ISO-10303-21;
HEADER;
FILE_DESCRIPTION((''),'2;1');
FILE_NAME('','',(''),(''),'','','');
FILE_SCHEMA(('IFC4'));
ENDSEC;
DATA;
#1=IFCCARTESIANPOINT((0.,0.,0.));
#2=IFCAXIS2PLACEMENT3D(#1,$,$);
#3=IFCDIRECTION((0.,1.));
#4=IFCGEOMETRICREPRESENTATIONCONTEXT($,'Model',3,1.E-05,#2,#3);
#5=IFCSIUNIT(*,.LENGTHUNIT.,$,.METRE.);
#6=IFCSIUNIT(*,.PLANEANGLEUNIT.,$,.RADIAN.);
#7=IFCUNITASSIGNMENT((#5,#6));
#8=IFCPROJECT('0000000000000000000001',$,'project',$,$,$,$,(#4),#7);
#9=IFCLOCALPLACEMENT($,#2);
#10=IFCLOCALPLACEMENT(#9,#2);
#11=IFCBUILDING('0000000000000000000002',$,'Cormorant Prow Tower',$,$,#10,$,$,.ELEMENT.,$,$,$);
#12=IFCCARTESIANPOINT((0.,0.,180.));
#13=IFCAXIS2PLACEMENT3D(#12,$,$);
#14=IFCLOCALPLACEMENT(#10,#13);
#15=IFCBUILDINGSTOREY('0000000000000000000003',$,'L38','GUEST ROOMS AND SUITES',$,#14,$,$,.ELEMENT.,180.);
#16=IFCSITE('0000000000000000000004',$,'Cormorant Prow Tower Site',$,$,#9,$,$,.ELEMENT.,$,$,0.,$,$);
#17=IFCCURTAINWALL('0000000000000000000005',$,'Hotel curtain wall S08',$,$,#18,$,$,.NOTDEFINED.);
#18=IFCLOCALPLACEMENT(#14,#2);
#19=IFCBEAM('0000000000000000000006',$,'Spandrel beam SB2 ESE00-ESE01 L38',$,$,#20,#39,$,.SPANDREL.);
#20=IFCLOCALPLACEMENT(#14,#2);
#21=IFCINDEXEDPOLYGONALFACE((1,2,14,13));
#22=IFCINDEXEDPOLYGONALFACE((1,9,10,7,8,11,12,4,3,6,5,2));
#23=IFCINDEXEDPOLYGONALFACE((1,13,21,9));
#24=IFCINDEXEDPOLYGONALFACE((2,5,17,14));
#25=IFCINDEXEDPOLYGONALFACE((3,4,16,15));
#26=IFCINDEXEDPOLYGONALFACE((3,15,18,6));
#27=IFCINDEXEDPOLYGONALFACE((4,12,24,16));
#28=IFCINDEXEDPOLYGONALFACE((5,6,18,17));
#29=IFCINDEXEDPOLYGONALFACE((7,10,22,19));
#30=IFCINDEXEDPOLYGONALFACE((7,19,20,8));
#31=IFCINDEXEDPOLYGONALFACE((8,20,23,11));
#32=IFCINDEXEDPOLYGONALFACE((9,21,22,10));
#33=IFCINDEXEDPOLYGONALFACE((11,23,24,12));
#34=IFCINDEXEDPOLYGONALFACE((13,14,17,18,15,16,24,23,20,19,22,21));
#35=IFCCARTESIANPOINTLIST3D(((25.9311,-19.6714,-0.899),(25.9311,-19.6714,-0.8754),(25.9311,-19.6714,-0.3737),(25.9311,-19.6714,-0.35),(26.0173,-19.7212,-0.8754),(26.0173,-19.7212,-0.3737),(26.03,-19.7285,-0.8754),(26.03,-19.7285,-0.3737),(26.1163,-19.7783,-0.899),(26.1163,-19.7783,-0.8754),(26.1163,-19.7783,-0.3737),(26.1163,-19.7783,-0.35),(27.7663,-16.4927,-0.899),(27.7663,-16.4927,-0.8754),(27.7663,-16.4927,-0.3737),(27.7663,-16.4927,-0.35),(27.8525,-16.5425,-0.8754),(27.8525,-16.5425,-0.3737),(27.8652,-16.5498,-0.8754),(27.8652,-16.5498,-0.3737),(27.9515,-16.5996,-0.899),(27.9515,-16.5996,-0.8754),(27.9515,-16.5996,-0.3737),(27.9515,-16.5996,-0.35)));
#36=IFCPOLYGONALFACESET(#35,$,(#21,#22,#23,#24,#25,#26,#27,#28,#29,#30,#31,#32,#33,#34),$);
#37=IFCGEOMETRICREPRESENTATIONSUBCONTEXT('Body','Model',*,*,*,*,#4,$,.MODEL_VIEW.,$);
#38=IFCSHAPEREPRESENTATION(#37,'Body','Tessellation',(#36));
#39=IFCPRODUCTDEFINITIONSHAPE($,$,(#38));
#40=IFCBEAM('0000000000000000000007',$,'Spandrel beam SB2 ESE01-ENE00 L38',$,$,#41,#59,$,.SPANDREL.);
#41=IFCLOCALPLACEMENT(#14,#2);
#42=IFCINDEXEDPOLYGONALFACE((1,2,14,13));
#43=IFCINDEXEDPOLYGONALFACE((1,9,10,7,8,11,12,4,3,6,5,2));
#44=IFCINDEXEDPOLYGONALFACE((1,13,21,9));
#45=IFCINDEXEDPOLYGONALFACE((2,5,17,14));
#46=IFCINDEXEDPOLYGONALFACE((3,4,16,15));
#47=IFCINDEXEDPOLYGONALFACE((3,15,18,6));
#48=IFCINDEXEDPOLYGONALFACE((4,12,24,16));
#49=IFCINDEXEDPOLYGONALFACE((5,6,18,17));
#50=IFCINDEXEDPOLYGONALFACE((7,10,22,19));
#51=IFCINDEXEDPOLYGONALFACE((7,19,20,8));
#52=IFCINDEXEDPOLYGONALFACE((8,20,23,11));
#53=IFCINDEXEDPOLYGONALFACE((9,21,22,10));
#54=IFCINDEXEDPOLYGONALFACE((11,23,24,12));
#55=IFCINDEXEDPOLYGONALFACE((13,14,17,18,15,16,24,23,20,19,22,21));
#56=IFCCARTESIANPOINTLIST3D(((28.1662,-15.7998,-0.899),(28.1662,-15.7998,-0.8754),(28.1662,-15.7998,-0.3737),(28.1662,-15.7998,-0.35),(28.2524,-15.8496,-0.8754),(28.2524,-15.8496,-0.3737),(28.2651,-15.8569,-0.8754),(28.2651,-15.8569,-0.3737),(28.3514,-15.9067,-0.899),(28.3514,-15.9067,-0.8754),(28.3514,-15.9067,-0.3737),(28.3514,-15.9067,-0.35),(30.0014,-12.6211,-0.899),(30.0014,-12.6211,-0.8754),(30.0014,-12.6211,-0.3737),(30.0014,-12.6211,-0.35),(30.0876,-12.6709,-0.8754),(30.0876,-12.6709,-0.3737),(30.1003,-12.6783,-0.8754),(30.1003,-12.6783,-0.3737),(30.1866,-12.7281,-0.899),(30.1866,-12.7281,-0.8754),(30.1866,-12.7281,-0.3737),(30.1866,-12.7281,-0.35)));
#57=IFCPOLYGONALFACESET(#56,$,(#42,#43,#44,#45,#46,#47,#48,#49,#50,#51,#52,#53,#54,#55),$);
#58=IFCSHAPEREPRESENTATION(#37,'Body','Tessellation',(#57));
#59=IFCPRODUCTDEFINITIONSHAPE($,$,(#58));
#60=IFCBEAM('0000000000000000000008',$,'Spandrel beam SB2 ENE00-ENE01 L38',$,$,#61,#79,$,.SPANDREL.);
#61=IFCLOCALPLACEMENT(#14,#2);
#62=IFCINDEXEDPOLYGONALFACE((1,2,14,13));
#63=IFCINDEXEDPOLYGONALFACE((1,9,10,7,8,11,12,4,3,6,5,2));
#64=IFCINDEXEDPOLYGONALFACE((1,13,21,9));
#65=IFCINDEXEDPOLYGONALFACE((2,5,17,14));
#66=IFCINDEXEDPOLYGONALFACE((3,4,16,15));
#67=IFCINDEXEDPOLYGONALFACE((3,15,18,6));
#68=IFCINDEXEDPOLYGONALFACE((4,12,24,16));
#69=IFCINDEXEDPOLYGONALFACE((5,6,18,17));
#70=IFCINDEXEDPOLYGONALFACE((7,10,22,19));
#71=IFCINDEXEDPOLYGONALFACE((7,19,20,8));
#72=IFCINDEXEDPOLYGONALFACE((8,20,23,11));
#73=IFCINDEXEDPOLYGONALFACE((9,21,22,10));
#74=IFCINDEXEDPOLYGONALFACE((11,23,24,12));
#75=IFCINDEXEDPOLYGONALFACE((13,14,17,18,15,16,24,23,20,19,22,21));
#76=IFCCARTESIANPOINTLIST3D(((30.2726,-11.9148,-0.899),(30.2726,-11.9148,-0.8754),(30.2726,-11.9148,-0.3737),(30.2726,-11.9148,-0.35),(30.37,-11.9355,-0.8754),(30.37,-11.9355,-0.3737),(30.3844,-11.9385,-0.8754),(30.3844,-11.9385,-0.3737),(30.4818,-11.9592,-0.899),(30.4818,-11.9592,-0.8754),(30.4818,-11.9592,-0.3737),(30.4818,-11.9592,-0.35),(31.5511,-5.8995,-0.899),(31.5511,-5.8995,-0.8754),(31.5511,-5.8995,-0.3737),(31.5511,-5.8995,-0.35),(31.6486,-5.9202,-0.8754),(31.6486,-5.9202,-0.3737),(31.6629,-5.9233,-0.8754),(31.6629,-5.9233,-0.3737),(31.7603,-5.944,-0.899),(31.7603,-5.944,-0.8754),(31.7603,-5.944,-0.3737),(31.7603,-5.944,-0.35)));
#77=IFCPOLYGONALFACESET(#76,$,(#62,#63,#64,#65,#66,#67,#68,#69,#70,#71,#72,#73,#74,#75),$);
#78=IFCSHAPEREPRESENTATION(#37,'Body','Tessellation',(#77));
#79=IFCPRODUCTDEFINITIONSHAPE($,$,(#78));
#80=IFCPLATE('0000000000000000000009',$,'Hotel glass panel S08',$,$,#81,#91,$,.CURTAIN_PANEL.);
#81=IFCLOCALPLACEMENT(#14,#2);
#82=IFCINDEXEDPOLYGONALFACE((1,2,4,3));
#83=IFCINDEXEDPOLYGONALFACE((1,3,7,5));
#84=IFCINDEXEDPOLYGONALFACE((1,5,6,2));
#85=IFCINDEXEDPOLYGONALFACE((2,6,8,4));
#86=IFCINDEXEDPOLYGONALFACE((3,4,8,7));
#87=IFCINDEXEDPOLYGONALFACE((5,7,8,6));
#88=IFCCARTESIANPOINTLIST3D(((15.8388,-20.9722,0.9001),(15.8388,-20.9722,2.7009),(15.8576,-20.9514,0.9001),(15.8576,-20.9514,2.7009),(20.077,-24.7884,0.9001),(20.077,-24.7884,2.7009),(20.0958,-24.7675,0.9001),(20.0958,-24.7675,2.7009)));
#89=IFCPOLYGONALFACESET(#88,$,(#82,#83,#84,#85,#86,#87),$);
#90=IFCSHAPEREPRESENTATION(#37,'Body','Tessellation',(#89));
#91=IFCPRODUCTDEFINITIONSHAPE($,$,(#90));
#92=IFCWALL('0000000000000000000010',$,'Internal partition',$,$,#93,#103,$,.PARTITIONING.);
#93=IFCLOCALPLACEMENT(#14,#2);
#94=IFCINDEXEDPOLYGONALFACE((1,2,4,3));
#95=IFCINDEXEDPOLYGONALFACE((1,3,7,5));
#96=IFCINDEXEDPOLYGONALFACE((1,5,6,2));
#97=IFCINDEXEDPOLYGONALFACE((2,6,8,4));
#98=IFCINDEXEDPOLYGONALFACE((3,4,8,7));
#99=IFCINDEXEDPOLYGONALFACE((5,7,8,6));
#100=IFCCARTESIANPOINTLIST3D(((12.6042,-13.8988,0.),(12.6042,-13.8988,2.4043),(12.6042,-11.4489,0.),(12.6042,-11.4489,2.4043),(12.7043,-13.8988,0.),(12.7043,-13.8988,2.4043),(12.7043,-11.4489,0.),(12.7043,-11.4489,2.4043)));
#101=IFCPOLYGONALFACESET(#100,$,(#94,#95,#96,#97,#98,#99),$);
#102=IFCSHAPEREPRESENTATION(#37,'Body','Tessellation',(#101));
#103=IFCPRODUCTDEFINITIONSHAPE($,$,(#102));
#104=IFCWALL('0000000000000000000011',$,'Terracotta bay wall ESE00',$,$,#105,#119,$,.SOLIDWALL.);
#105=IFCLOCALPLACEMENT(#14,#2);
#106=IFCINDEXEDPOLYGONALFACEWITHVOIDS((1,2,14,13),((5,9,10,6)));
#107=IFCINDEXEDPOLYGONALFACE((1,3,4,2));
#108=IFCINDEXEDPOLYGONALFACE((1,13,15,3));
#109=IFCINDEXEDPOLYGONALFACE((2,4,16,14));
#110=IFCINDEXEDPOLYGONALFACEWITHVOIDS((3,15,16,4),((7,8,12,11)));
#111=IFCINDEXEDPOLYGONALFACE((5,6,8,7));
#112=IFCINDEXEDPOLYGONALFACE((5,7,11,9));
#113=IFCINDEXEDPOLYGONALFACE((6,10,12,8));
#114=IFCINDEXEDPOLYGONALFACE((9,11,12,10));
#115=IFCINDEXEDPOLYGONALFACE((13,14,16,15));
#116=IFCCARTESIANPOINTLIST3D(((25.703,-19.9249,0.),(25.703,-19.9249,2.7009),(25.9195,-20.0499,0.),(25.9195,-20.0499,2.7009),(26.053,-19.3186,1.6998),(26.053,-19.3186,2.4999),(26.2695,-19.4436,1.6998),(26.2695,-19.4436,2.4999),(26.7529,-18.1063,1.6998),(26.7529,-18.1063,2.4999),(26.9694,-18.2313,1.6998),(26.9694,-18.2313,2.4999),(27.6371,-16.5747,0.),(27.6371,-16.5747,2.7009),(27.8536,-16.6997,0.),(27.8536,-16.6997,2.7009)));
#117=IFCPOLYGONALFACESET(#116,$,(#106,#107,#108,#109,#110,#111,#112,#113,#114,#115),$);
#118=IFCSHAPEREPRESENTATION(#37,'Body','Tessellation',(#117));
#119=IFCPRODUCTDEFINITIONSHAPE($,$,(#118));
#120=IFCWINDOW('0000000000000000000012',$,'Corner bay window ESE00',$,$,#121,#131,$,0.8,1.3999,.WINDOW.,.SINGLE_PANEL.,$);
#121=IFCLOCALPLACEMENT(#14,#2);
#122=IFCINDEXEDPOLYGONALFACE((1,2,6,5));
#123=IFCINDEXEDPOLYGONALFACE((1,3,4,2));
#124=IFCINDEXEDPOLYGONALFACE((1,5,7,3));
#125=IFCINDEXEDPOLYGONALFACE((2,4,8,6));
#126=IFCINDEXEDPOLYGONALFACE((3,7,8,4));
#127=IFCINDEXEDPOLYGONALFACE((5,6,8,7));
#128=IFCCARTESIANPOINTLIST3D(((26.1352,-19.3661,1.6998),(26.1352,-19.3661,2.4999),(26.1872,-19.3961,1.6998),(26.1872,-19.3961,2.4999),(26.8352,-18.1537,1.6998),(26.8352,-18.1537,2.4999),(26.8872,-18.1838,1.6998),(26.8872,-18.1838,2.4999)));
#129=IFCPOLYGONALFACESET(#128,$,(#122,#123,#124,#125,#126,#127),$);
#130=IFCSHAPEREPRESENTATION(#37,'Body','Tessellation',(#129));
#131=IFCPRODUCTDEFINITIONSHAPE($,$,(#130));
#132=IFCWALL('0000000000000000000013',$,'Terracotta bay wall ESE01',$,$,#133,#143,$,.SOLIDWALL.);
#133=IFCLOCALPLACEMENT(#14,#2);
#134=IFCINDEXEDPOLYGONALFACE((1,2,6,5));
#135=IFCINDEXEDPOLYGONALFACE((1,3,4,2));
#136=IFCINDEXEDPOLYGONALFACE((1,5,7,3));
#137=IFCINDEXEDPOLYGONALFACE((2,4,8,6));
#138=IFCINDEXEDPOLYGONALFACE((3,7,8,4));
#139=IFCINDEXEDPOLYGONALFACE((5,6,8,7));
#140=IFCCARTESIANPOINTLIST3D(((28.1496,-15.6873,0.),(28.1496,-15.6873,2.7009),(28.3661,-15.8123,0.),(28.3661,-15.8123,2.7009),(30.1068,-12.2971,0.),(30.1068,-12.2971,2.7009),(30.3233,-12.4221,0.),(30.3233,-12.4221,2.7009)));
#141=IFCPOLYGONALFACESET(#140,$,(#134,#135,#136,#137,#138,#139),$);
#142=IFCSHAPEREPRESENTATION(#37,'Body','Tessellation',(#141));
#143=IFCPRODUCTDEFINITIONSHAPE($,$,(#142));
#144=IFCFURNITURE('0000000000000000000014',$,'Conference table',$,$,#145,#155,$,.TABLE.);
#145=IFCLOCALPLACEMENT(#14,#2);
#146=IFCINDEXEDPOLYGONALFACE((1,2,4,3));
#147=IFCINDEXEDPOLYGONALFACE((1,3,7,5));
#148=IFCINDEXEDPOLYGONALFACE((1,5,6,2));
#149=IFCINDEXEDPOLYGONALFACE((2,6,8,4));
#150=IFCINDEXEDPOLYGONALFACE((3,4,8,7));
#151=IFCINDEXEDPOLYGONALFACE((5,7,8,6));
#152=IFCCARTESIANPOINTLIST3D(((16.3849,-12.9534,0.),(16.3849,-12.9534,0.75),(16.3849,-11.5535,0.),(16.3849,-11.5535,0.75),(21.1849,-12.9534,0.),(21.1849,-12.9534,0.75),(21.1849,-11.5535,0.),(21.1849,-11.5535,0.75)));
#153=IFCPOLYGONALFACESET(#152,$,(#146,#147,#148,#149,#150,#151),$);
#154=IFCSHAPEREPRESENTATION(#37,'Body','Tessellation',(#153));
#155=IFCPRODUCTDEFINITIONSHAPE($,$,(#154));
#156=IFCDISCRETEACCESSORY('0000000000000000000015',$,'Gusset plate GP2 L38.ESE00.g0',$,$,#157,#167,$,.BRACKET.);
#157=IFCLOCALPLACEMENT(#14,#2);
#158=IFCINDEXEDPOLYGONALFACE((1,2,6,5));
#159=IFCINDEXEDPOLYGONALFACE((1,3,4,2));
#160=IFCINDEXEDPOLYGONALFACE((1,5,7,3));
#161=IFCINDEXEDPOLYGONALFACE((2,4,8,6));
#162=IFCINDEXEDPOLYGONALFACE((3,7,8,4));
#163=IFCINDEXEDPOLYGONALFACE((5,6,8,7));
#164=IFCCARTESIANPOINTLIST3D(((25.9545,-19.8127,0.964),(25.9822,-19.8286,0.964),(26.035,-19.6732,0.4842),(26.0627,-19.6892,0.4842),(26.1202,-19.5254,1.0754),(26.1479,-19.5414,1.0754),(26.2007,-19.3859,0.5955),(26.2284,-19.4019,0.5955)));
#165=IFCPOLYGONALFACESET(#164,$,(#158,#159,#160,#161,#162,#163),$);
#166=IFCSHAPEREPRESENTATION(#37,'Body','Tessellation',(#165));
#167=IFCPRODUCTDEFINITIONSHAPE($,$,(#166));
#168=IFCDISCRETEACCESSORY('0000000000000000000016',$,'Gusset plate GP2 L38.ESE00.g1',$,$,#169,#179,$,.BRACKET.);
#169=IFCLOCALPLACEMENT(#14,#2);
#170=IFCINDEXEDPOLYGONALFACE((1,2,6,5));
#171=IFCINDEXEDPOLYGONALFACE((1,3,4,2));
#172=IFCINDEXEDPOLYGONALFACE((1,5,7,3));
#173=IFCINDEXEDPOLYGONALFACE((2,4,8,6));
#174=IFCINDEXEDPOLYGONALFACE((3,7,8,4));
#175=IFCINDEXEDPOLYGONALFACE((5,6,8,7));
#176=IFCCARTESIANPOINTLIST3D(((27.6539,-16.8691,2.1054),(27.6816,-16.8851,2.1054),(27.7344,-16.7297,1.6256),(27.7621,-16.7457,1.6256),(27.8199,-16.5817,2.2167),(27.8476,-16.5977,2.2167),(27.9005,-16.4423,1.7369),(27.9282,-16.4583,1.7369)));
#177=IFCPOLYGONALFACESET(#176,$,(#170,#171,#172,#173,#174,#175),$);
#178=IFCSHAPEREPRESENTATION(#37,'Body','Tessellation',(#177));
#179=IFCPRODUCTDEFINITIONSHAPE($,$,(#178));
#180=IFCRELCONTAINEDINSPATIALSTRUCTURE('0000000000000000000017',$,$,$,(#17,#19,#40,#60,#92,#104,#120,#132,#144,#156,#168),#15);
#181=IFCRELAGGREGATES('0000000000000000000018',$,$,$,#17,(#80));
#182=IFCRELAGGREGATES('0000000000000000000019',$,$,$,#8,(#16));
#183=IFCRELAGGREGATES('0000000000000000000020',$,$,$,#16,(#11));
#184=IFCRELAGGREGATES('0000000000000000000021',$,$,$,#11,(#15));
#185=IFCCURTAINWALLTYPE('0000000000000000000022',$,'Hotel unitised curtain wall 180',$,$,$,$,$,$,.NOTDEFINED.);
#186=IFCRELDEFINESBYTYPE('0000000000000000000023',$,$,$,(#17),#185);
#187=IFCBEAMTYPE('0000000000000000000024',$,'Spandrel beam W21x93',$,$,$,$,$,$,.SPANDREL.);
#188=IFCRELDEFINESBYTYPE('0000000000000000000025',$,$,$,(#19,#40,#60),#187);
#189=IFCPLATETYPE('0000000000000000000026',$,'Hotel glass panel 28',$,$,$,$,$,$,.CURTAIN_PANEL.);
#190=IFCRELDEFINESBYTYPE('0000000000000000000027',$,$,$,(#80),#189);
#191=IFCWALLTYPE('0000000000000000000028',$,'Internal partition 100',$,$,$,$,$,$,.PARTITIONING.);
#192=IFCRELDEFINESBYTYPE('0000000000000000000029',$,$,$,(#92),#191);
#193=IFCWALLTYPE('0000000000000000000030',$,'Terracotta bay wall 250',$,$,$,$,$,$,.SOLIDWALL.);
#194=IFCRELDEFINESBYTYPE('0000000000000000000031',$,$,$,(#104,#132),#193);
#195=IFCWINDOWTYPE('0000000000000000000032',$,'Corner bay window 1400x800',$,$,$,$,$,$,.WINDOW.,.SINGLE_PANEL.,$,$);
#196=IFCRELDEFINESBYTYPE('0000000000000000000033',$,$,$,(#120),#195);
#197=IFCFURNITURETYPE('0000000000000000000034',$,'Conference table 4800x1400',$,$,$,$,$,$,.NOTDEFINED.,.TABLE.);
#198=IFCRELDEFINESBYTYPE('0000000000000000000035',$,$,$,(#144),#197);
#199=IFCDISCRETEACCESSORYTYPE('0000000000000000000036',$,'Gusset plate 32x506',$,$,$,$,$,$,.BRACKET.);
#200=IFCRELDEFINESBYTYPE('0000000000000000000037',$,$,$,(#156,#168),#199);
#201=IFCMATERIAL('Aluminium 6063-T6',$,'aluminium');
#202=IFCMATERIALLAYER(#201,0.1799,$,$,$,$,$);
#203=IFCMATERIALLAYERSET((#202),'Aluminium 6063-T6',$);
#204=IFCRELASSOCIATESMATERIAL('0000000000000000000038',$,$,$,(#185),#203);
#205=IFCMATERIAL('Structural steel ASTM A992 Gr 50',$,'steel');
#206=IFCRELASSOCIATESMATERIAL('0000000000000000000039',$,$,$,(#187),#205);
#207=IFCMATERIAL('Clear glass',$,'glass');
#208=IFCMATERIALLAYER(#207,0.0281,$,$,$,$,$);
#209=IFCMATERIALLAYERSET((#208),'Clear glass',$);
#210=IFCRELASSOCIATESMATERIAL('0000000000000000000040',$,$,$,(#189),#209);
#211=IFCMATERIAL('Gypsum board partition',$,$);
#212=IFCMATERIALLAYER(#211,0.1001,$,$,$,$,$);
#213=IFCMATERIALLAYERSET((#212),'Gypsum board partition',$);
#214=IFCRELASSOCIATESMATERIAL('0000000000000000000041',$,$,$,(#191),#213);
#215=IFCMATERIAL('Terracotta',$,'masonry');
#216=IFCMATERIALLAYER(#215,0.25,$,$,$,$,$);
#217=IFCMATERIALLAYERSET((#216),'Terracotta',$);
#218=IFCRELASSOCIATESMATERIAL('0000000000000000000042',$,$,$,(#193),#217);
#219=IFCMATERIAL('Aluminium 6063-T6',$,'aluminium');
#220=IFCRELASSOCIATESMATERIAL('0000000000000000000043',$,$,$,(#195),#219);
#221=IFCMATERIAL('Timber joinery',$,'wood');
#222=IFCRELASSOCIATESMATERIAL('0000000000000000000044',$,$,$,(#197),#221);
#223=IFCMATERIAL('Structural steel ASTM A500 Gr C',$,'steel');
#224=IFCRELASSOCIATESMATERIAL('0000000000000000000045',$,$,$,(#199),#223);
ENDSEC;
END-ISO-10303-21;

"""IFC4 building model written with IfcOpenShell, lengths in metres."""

from ifc_helpers import new_model, si_unit, direction, frame, frame_2d, origin, origin_2d, place, context, subcontext, project, spatial, rectangle, i_section, extrude, material, layer, layer_set, material_profile, profile_set, type_object, element, fill, aggregate, save


model = new_model("IFC4")

# Units and contexts
model_context = context("Model", 3, precision=1e-05, world=origin(), true_north=direction((0.0, 1.0)))
body_context = subcontext(model_context, "Body", "Model", "MODEL_VIEW")
ifc_project = project(units=[si_unit("LENGTHUNIT", "METRE"), si_unit("PLANEANGLEUNIT", "RADIAN")], contexts=[model_context])

# Site, building, storey
site_placement = place(None, origin())
site = spatial("IfcSite", under=ifc_project, at=site_placement, Name="Cormorant Prow Tower Site", CompositionType="ELEMENT", RefElevation=0.0)
building_placement = place(site_placement, origin())
building = spatial("IfcBuilding", under=site, at=building_placement, Name="Cormorant Prow Tower", CompositionType="ELEMENT")
storey_placement = place(building_placement, frame((0.0, 0.0, 180.0)))
storey = spatial("IfcBuildingStorey", under=building, at=storey_placement, Name="L38", Description="GUEST ROOMS AND SUITES", CompositionType="ELEMENT", Elevation=180.0)

# Curtain wall
ifc_material_1 = material(Name="Aluminium 6063-T6", Category="aluminium")
ifc_layer_1 = layer(ifc_material_1, 0.1799)
ifc_layer_set_1 = layer_set([ifc_layer_1], Name="Aluminium 6063-T6")
curtain_wall_type = type_object("IfcCurtainWallType", Name="Hotel unitised curtain wall 180", PredefinedType="NOTDEFINED", material=ifc_layer_set_1)
curtain_wall_placement = place(storey_placement, origin())
curtain_wall = element("IfcCurtainWall", 1, at=curtain_wall_placement, inside=storey, type_object=curtain_wall_type, Name="Hotel curtain wall S08", PredefinedType="NOTDEFINED")

# Beams
ifc_material_2 = material(Name="Structural steel ASTM A992 Gr 50", Category="steel")
ifc_material_profile_1 = material_profile(ifc_material_2, i_section(OverallWidth=0.2139, OverallDepth=0.5491, WebThickness=0.0146, FlangeThickness=0.0237, at=origin_2d()), Name="W21x93")
ifc_profile_set_1 = profile_set([ifc_material_profile_1], Name="Structural steel ASTM A992 Gr 50")
beam_type = type_object("IfcBeamType", Name="Spandrel beam W21x93", PredefinedType="SPANDREL", material=ifc_profile_set_1)
for number, where, z_axis, x_axis, name in (
    (2, (26.0237, -19.7249, -0.6245), (0.499995, 0.866028, 0.0), (-0.866028, 0.499995, 0.0), "Spandrel beam SB2 ESE00-ESE01 L38"),
    (3, (28.2588, -15.8533, -0.6245), (0.499995, 0.866028, 0.0), (-0.866028, 0.499995, 0.0), "Spandrel beam SB2 ESE01-ENE00 L38"),
):
    element("IfcBeam", number, at=place(storey_placement, frame(where, z_axis=z_axis, x_axis=x_axis)), inside=storey, type_object=beam_type, Name=name, PredefinedType="SPANDREL", context=body_context, shape_type="SweptSolid", body=[
        extrude(i_section(OverallWidth=0.2139, OverallDepth=0.5491, WebThickness=0.0146, FlangeThickness=0.0237, at=origin_2d()), origin(), (0.0, 0.0, 1.0), 3.6704),
    ])
beam_1_placement = place(storey_placement, frame((30.3772, -11.937, -0.6245), z_axis=(0.207905, 0.978149, 0.0), x_axis=(-0.978149, 0.207905, 0.0)))
element("IfcBeam", 4, at=beam_1_placement, inside=storey, type_object=beam_type, Name="Spandrel beam SB2 ENE00-ENE01 L38", PredefinedType="SPANDREL", context=body_context, shape_type="SweptSolid", body=[
    extrude(i_section(OverallWidth=0.2139, OverallDepth=0.5491, WebThickness=0.0146, FlangeThickness=0.0237, at=origin_2d()), origin(), (0.0, 0.0, 1.0), 6.1497),
])

# Plate
ifc_material_3 = material(Name="Clear glass", Category="glass")
ifc_layer_2 = layer(ifc_material_3, 0.0281)
ifc_layer_set_2 = layer_set([ifc_layer_2], Name="Clear glass")
plate_type = type_object("IfcPlateType", Name="Hotel glass panel 28", PredefinedType="CURTAIN_PANEL", material=ifc_layer_set_2)
plate_placement = place(storey_placement, frame((17.9673, -22.8699, 0.9001), z_axis=(0.0, 0.0, 1.0), x_axis=(0.743145, -0.669131, 0.0)))
plate = element("IfcPlate", 5, at=plate_placement, type_object=plate_type, Name="Hotel glass panel S08", PredefinedType="CURTAIN_PANEL", context=body_context, shape_type="SweptSolid", body=[
    extrude(rectangle(XDim=5.7031, YDim=0.0281, at=origin_2d()), origin(), (0.0, 0.0, 1.0), 1.8008),
])
aggregate(curtain_wall, [plate])

# Wall
ifc_material_4 = material(Name="Gypsum board partition")
ifc_layer_3 = layer(ifc_material_4, 0.1001)
ifc_layer_set_3 = layer_set([ifc_layer_3], Name="Gypsum board partition")
wall_type_1 = type_object("IfcWallType", Name="Internal partition 100", PredefinedType="PARTITIONING", material=ifc_layer_set_3)
wall_1_placement = place(storey_placement, frame((12.6543, -13.8989, 0.0), z_axis=(0.0, 0.0, 1.0), x_axis=(0.0, 1.0, 0.0)))
element("IfcWall", 6, at=wall_1_placement, inside=storey, type_object=wall_type_1, Name="Internal partition", PredefinedType="PARTITIONING", context=body_context, shape_type="SweptSolid", body=[
    extrude(rectangle(XDim=2.45, YDim=0.1001, at=frame_2d((1.2251, 0.0))), origin(), (0.0, 0.0, 1.0), 2.4043),
])

# Wall, opening, window
ifc_material_5 = material(Name="Terracotta", Category="masonry")
ifc_layer_4 = layer(ifc_material_5, 0.25)
ifc_layer_set_4 = layer_set([ifc_layer_4], Name="Terracotta")
wall_type_2 = type_object("IfcWallType", Name="Terracotta bay wall 250", PredefinedType="SOLIDWALL", material=ifc_layer_set_4)
wall_2_placement = place(storey_placement, frame((25.8113, -19.9873, 0.0), z_axis=(0.0, 0.0, 1.0), x_axis=(0.499981, 0.866036, 0.0)))
wall_2 = element("IfcWall", 7, at=wall_2_placement, inside=storey, type_object=wall_type_2, Name="Terracotta bay wall ESE00", PredefinedType="SOLIDWALL", context=body_context, shape_type="SweptSolid", body=[
    extrude(rectangle(XDim=3.8684, YDim=0.25, at=frame_2d((1.9341, 0.0))), origin(), (0.0, 0.0, 1.0), 2.7009),
])
opening_1_placement = place(wall_2_placement, frame((0.7, 0.0, 1.7)))
opening_1 = element("IfcOpeningElement", 8, at=opening_1_placement, cuts=wall_2, PredefinedType="OPENING", context=body_context, shape_type="SweptSolid", body=[
    extrude(rectangle(XDim=1.3999, YDim=0.8, at=frame_2d((0.7, 0.3999))), frame((0.0, 0.135, 0.0), z_axis=(0.0, -1.0, 0.0), x_axis=(1.0, 0.0, 0.0)), (0.0, 0.0, 1.0), 0.27),
])
ifc_material_6 = material(Name="Aluminium 6063-T6", Category="aluminium")
window_type = type_object("IfcWindowType", Name="Corner bay window 1400x800", PartitioningType="SINGLE_PANEL", PredefinedType="WINDOW", material=ifc_material_6)
window_placement = place(opening_1_placement, origin())
window = element("IfcWindow", 9, at=window_placement, inside=storey, type_object=window_type, Name="Corner bay window ESE00", OverallHeight=0.8, OverallWidth=1.3999, PartitioningType="SINGLE_PANEL", PredefinedType="WINDOW", context=body_context, shape_type="SweptSolid", body=[
    extrude(rectangle(XDim=1.3999, YDim=0.8, at=frame_2d((0.7, 0.3999))), frame((0.0, 0.03, 0.0), z_axis=(0.0, -1.0, 0.0), x_axis=(1.0, 0.0, 0.0)), (0.0, 0.0, 1.0), 0.0601),
])
fill(opening_1, window)

# Wall
wall_3_placement = place(storey_placement, frame((28.2578, -15.7498, 0.0), z_axis=(0.0, 0.0, 1.0), x_axis=(0.499996, 0.866028, 0.0)))
element("IfcWall", 10, at=wall_3_placement, inside=storey, type_object=wall_type_2, Name="Terracotta bay wall ESE01", PredefinedType="SOLIDWALL", context=body_context, shape_type="SweptSolid", body=[
    extrude(rectangle(XDim=3.9146, YDim=0.25, at=frame_2d((1.9573, 0.0))), origin(), (0.0, 0.0, 1.0), 2.7009),
])

# Furniture
ifc_material_7 = material(Name="Timber joinery", Category="wood")
furniture_type = type_object("IfcFurnitureType", Name="Conference table 4800x1400", AssemblyPlace="NOTDEFINED", PredefinedType="TABLE", material=ifc_material_7)
furniture_placement = place(storey_placement, frame((18.7849, -12.2534, 0.0), z_axis=(0.0, 0.0, 1.0), x_axis=(1.0, 0.0, 0.0)))
element("IfcFurniture", 11, at=furniture_placement, inside=storey, type_object=furniture_type, Name="Conference table", PredefinedType="TABLE", context=body_context, shape_type="SweptSolid", body=[
    extrude(rectangle(XDim=4.8, YDim=1.3999, at=origin_2d()), origin(), (0.0, 0.0, 1.0), 0.75),
])

# Discrete accessories
ifc_material_8 = material(Name="Structural steel ASTM A500 Gr C", Category="steel")
ifc_material_profile_2 = material_profile(ifc_material_8, rectangle(XDim=0.032, YDim=0.5061, at=origin_2d()), Name="Gusset plate 32x506")
ifc_profile_set_2 = profile_set([ifc_material_profile_2], Name="Structural steel ASTM A500 Gr C")
discrete_accessory_type = type_object("IfcDiscreteAccessoryType", Name="Gusset plate 32x506", PredefinedType="BRACKET", material=ifc_profile_set_2)
discrete_accessory_1_placement = place(storey_placement, frame((26.1743, -19.4636, 0.8354), z_axis=(-0.473737, -0.82119, -0.31815), x_axis=(0.866198, -0.499701, 0.0)))
element("IfcDiscreteAccessory", 12, at=discrete_accessory_1_placement, inside=storey, type_object=discrete_accessory_type, Name="Gusset plate GP2 L38.ESE00.g0", PredefinedType="BRACKET", context=body_context, shape_type="SweptSolid", body=[
    extrude(rectangle(XDim=0.032, YDim=0.5061, at=origin_2d()), origin(), (0.0, 0.0, 1.0), 0.3499),
])
for number, where, z_axis, x_axis, name in (
    (13, (27.708, -16.8074, 1.8655), (0.474278, 0.820919, 0.318045), (-0.865879, 0.500253, 0.0), "Gusset plate GP2 L38.ESE00.g1"),
):
    element("IfcDiscreteAccessory", number, at=place(storey_placement, frame(where, z_axis=z_axis, x_axis=x_axis)), inside=storey, type_object=discrete_accessory_type, Name=name, PredefinedType="BRACKET", context=body_context, shape_type="SweptSolid", body=[
        extrude(rectangle(XDim=0.032, YDim=0.5061, at=origin_2d()), origin(), (0.0, 0.0, 1.0), 0.3501),
    ])

save(model, "model.ifc")
